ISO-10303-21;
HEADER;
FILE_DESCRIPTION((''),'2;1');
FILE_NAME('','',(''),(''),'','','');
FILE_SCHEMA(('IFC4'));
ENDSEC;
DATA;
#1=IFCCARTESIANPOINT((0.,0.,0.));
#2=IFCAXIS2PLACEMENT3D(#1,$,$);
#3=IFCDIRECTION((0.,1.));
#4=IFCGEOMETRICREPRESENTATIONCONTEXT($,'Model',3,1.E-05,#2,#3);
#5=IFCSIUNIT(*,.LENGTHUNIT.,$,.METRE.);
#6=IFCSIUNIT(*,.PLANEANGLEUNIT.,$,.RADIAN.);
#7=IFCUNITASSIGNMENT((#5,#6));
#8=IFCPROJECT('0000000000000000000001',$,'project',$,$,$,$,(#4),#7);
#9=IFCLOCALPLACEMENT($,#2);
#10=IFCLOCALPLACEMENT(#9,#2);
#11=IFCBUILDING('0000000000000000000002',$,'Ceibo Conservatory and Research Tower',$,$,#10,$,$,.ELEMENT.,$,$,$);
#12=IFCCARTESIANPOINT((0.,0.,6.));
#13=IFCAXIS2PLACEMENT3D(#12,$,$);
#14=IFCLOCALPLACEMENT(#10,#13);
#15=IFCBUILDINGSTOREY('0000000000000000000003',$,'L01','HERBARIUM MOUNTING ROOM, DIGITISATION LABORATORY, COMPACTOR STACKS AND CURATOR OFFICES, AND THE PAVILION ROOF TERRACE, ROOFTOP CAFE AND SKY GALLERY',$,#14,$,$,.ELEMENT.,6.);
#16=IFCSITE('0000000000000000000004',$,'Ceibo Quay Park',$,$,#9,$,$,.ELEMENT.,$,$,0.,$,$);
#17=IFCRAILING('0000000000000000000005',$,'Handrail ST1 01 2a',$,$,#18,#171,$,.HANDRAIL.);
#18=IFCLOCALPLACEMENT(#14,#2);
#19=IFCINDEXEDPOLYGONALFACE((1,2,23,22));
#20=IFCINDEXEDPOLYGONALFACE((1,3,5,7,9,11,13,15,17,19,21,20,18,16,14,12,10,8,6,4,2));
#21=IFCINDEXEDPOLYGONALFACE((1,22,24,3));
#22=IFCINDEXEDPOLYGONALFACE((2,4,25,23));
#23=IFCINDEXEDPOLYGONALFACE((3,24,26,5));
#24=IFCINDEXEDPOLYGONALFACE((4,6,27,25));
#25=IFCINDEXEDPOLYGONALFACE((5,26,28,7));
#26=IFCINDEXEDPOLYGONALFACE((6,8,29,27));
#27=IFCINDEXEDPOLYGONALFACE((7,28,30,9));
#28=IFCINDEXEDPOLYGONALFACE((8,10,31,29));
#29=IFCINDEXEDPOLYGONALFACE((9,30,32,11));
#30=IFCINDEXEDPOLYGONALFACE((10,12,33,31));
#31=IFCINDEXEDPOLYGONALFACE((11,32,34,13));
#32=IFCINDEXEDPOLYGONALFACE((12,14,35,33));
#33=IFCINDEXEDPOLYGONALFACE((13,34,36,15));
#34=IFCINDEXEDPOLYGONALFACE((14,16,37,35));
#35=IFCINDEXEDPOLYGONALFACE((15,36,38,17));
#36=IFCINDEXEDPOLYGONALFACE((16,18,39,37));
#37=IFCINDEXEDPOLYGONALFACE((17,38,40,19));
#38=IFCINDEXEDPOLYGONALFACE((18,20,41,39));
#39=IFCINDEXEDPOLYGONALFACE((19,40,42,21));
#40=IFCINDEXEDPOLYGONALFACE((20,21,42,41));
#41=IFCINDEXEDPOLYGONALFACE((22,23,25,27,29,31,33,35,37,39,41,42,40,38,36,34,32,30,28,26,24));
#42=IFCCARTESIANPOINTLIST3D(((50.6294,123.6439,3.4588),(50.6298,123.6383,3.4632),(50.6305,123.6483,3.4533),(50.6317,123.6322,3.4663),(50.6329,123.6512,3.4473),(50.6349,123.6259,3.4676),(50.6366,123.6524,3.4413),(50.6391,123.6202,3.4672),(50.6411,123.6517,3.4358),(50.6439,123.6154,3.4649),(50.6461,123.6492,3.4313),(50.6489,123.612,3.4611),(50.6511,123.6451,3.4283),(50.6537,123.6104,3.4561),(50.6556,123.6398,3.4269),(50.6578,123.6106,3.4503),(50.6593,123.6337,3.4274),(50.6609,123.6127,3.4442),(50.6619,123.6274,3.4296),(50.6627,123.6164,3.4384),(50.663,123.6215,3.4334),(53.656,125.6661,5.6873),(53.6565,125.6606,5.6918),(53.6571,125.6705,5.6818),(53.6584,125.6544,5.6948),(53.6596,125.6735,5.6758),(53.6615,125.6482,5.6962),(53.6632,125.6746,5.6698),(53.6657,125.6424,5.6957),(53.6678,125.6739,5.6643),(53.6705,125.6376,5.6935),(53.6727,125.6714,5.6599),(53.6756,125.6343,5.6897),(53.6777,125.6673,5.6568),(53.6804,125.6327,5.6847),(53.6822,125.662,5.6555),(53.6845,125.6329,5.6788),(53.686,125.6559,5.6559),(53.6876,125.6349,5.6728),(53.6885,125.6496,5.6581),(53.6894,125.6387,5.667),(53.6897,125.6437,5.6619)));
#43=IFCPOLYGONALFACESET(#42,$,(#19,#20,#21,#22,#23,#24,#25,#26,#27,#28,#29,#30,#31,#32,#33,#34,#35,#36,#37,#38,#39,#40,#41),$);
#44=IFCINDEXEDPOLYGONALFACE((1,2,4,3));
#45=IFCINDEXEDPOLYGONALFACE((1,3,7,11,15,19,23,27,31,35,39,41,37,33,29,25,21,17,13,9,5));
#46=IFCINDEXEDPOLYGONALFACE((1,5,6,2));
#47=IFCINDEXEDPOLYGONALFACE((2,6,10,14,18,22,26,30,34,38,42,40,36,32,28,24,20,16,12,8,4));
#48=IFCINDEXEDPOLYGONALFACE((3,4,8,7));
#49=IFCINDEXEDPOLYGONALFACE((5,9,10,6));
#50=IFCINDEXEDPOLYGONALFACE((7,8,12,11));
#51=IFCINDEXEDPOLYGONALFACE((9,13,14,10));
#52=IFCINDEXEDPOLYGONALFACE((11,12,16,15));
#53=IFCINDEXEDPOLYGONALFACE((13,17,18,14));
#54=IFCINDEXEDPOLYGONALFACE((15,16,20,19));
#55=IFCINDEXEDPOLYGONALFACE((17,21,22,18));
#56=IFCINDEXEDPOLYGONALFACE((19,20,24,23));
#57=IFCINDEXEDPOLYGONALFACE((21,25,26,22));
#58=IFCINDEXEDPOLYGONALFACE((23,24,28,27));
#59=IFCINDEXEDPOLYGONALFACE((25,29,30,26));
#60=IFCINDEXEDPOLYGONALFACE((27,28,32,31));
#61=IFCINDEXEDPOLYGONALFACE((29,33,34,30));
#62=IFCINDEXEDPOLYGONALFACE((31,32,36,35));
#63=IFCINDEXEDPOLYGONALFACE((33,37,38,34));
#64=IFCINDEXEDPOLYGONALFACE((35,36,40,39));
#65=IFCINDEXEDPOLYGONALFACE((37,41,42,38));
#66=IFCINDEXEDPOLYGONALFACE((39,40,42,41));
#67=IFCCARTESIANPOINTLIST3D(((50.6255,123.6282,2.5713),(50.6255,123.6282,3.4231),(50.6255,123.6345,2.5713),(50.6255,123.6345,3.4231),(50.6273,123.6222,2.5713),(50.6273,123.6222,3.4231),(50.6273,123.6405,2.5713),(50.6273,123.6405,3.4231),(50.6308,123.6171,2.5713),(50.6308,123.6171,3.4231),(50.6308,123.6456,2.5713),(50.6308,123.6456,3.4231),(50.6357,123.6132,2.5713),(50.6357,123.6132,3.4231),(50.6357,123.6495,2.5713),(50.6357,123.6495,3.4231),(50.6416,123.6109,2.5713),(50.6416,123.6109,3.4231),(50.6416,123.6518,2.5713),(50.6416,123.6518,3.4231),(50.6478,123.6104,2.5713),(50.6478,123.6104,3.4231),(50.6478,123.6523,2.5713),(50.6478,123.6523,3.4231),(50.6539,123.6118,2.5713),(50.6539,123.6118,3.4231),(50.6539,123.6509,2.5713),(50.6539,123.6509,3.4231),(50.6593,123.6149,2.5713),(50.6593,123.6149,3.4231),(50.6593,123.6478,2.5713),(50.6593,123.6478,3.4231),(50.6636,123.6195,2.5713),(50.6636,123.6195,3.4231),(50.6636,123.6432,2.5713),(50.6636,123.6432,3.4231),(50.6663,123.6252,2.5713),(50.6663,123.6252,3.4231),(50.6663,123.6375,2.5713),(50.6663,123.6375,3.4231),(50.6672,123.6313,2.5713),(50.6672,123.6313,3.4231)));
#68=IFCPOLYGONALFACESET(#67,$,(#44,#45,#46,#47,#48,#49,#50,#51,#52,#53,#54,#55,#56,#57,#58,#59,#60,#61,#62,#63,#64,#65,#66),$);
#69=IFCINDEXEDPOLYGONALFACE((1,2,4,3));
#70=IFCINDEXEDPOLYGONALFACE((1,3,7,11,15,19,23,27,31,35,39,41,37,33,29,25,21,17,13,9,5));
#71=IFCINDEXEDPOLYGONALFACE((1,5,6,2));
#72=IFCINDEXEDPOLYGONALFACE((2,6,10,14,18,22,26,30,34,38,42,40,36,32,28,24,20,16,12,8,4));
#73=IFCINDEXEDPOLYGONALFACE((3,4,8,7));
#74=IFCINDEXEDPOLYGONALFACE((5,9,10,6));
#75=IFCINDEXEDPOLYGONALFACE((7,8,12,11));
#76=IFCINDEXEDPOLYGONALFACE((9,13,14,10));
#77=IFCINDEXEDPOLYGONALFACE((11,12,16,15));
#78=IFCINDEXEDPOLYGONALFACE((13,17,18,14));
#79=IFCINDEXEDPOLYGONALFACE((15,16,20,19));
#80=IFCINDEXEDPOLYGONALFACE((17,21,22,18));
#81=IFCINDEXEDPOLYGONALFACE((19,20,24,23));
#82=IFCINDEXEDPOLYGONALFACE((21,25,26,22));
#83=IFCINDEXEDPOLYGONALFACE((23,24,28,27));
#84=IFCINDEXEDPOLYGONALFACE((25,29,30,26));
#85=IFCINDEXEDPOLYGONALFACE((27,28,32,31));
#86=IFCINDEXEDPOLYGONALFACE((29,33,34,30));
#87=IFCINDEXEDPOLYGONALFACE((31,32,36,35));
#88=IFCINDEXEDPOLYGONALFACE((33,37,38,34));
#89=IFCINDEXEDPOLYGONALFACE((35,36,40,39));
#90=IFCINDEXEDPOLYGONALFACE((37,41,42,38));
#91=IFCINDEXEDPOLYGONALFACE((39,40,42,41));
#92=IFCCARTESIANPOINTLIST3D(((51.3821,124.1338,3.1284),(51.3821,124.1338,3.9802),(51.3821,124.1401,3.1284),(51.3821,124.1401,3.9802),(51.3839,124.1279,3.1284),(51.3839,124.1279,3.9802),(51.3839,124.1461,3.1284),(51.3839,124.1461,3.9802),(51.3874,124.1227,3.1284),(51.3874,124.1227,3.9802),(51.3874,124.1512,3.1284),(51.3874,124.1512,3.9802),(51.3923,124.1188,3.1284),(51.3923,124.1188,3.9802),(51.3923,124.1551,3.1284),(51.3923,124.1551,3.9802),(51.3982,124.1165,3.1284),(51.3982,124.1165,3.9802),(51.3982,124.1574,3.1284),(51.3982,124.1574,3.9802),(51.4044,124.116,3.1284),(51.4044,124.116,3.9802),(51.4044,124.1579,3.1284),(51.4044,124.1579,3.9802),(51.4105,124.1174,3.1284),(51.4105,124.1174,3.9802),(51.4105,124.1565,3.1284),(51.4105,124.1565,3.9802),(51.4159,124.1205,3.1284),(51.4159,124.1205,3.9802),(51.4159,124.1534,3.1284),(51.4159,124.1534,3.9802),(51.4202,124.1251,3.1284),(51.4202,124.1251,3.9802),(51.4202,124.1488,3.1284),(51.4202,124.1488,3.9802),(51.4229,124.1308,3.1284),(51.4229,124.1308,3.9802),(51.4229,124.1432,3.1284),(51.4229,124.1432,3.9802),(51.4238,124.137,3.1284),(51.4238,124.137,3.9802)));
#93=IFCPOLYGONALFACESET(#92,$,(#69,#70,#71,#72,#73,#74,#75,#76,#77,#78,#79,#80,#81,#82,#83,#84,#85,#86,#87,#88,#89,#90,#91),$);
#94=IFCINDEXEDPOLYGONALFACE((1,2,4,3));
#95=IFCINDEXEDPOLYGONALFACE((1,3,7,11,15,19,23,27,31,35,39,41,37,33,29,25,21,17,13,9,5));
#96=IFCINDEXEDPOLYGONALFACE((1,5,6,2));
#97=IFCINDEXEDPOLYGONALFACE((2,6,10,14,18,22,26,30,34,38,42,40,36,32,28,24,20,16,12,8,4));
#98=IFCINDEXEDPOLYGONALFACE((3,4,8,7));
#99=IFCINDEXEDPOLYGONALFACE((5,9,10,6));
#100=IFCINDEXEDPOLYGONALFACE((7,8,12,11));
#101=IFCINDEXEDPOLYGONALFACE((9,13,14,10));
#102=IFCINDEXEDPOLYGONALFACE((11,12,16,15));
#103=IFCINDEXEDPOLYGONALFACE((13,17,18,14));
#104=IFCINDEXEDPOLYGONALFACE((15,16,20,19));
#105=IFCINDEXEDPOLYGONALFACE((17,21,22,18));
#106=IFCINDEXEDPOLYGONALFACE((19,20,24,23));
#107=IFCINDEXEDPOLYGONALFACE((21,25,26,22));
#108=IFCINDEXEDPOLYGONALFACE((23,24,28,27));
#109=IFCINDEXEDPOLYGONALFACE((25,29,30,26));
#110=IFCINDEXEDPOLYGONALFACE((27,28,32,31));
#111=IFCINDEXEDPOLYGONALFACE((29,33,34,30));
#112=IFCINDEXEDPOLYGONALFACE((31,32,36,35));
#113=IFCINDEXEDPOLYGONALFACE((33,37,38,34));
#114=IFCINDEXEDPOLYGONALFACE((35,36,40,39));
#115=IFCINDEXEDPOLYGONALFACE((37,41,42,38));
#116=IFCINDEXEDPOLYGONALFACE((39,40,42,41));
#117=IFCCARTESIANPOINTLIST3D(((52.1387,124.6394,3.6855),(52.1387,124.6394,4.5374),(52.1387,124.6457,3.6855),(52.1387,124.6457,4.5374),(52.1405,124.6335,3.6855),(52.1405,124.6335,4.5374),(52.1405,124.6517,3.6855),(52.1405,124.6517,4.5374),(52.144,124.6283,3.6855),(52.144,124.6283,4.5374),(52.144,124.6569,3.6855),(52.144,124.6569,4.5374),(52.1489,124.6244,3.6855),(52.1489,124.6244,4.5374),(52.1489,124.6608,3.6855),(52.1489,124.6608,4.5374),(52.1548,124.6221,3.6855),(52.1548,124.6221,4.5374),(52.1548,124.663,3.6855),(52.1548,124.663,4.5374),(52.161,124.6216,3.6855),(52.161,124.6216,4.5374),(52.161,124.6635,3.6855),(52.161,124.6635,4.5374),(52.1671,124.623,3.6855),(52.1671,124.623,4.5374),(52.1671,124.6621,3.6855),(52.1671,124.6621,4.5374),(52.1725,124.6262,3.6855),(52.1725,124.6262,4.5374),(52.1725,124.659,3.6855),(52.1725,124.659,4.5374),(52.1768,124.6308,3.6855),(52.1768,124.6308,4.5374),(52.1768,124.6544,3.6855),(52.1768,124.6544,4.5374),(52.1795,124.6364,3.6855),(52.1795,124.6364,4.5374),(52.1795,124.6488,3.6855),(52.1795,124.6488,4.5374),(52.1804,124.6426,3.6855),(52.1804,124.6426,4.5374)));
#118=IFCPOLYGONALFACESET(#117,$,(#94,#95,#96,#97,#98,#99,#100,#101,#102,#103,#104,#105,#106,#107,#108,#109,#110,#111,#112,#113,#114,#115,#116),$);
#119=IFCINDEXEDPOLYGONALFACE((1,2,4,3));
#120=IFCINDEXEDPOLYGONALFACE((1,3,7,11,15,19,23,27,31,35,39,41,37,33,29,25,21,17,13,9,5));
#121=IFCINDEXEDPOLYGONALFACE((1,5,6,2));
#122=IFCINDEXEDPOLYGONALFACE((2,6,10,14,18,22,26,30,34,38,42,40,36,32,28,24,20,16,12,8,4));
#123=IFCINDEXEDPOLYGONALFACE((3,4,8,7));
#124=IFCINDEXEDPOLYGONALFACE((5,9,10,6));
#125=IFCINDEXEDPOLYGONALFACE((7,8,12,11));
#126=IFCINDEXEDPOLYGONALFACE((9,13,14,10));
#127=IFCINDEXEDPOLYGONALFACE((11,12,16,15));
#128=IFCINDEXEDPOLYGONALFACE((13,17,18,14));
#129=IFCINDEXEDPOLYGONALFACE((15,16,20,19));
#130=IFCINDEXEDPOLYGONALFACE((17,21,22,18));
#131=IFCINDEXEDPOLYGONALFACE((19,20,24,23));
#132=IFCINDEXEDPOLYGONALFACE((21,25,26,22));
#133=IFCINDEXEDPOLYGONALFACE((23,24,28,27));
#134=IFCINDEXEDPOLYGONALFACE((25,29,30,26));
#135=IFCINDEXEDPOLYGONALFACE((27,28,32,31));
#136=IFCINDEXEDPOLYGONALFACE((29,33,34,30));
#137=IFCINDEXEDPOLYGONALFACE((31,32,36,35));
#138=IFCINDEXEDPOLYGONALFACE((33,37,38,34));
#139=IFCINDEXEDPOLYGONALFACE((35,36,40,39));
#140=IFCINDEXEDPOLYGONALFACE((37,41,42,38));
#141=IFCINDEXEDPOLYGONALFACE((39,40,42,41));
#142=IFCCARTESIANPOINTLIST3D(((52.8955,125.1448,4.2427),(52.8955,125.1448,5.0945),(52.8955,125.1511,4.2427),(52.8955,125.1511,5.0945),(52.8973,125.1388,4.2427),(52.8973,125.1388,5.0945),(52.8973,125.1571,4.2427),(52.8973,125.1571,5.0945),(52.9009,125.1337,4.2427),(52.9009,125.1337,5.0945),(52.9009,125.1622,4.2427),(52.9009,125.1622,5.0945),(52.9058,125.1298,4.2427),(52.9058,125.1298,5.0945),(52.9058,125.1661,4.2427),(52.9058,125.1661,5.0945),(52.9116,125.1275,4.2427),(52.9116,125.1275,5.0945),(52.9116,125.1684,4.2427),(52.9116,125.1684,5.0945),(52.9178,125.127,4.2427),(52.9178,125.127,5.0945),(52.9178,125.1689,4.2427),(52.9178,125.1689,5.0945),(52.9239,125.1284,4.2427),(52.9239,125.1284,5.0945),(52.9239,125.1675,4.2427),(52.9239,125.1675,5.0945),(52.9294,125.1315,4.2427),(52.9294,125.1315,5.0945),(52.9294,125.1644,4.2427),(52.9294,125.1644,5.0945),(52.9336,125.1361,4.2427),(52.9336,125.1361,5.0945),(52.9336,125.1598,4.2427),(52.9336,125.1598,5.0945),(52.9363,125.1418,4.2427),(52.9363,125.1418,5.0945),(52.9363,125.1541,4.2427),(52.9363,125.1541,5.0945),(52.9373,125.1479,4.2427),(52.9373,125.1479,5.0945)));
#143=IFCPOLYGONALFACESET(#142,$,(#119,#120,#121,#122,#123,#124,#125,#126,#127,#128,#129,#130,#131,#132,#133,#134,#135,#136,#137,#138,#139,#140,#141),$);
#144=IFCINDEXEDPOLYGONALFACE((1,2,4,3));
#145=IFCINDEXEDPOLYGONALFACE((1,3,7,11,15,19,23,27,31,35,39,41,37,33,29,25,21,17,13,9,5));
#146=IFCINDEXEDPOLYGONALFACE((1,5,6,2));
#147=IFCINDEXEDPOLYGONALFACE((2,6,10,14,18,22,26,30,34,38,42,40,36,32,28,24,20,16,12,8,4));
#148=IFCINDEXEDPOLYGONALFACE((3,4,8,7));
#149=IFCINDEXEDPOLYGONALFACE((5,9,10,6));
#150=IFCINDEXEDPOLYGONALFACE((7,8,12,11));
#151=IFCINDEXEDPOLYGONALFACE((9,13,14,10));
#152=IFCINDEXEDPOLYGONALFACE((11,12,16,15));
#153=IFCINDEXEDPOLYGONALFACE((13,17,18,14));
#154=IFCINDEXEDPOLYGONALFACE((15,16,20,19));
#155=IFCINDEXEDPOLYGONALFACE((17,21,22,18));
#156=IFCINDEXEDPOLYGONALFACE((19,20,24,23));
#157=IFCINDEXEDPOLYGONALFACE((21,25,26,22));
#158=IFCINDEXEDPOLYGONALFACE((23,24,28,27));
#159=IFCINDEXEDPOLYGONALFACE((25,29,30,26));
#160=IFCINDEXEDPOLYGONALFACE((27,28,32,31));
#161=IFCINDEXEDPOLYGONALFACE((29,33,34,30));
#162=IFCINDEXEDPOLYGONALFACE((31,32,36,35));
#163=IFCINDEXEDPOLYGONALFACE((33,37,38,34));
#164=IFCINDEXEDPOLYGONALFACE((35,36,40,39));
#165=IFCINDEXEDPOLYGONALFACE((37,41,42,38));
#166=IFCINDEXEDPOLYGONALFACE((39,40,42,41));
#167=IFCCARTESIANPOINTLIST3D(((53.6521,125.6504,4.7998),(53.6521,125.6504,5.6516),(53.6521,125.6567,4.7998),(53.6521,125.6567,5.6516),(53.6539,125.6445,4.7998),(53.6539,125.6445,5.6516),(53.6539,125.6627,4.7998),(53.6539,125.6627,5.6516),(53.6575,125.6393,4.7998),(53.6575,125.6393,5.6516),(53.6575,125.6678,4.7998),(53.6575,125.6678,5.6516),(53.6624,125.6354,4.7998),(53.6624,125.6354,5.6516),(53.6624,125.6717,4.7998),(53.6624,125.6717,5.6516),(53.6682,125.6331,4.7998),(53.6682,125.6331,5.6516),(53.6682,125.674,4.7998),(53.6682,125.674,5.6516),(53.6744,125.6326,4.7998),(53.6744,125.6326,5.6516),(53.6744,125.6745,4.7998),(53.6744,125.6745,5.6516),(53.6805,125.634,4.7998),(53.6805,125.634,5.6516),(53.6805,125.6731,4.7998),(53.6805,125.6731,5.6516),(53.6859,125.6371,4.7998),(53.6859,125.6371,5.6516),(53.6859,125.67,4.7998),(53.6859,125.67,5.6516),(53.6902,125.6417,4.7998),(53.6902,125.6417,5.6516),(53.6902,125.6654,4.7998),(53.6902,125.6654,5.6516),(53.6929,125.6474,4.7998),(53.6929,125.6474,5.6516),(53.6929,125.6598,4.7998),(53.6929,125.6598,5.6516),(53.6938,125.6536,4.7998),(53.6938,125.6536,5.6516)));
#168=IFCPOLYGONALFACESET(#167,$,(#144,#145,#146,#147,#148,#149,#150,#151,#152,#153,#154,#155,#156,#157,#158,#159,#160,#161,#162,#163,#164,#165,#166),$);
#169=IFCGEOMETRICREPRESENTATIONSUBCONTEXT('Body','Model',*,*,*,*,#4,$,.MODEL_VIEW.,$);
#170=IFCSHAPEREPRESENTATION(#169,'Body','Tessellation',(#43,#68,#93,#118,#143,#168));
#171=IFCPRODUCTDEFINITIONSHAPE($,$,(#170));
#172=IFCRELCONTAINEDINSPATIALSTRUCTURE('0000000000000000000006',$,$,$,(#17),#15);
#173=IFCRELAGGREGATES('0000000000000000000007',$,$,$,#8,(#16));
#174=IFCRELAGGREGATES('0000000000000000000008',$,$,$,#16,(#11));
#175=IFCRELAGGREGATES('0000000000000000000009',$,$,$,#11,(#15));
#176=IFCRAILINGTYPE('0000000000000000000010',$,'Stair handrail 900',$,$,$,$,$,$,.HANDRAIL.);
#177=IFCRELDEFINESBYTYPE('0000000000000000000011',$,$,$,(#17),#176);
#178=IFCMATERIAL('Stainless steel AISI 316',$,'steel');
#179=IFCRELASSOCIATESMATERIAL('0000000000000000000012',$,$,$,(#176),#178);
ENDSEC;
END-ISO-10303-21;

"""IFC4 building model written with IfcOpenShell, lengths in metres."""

from ifc_helpers import new_model, si_unit, direction, frame, origin, origin_2d, place, context, subcontext, project, spatial, circle, extrude, material, type_object, element, save


model = new_model("IFC4")

# Units and contexts
model_context = context("Model", 3, precision=1e-05, world=origin(), true_north=direction((0.0, 1.0)))
body_context = subcontext(model_context, "Body", "Model", "MODEL_VIEW")
ifc_project = project(units=[si_unit("LENGTHUNIT", "METRE"), si_unit("PLANEANGLEUNIT", "RADIAN")], contexts=[model_context])

# Site, building, storey
site_placement = place(None, origin())
site = spatial("IfcSite", under=ifc_project, at=site_placement, Name="Ceibo Quay Park", CompositionType="ELEMENT", RefElevation=0.0)
building_placement = place(site_placement, origin())
building = spatial("IfcBuilding", under=site, at=building_placement, Name="Ceibo Conservatory and Research Tower", CompositionType="ELEMENT")
storey_placement = place(building_placement, frame((0.0, 0.0, 6.0)))
storey = spatial("IfcBuildingStorey", under=building, at=storey_placement, Name="L01", Description="HERBARIUM MOUNTING ROOM, DIGITISATION LABORATORY, COMPACTOR STACKS AND CURATOR OFFICES, AND THE PAVILION ROOF TERRACE, ROOFTOP CAFE AND SKY GALLERY", CompositionType="ELEMENT", Elevation=6.0)

# Railing
ifc_material_1 = material(Name="Stainless steel AISI 316", Category="steel")
railing_type = type_object("IfcRailingType", Name="Stair handrail 900", PredefinedType="HANDRAIL", material=ifc_material_1)
railing_1_placement = place(storey_placement, frame((50.6462, 123.6313, 2.5713)))
element("IfcRailing", 1, at=railing_1_placement, inside=storey, type_object=railing_type, Name="Handrail ST1 01 2a", PredefinedType="HANDRAIL", context=body_context, shape_type="SweptSolid", body=[
    extrude(circle(Radius=0.0239, at=origin_2d()), frame((0.0, 0.0, 0.876), z_axis=(0.709137, 0.473806, 0.522142), x_axis=(-0.555551, 0.831482, 0.0)), (0.0, 0.0, 1.0), 4.2681),
    extrude(circle(Radius=0.021, at=origin_2d()), origin(), (0.0, 0.0, 1.0), 0.8518),
    extrude(circle(Radius=0.021, at=origin_2d()), frame((0.7566, 0.5056, 0.5571)), (0.0, 0.0, 1.0), 0.8518),
    extrude(circle(Radius=0.021, at=origin_2d()), frame((1.5132, 1.0112, 1.1143)), (0.0, 0.0, 1.0), 0.8518),
    extrude(circle(Radius=0.021, at=origin_2d()), frame((2.27, 1.5166, 1.6714)), (0.0, 0.0, 1.0), 0.8518),
    extrude(circle(Radius=0.021, at=origin_2d()), frame((3.0266, 2.0222, 2.2285)), (0.0, 0.0, 1.0), 0.8518),
])

save(model, "model.ifc")
